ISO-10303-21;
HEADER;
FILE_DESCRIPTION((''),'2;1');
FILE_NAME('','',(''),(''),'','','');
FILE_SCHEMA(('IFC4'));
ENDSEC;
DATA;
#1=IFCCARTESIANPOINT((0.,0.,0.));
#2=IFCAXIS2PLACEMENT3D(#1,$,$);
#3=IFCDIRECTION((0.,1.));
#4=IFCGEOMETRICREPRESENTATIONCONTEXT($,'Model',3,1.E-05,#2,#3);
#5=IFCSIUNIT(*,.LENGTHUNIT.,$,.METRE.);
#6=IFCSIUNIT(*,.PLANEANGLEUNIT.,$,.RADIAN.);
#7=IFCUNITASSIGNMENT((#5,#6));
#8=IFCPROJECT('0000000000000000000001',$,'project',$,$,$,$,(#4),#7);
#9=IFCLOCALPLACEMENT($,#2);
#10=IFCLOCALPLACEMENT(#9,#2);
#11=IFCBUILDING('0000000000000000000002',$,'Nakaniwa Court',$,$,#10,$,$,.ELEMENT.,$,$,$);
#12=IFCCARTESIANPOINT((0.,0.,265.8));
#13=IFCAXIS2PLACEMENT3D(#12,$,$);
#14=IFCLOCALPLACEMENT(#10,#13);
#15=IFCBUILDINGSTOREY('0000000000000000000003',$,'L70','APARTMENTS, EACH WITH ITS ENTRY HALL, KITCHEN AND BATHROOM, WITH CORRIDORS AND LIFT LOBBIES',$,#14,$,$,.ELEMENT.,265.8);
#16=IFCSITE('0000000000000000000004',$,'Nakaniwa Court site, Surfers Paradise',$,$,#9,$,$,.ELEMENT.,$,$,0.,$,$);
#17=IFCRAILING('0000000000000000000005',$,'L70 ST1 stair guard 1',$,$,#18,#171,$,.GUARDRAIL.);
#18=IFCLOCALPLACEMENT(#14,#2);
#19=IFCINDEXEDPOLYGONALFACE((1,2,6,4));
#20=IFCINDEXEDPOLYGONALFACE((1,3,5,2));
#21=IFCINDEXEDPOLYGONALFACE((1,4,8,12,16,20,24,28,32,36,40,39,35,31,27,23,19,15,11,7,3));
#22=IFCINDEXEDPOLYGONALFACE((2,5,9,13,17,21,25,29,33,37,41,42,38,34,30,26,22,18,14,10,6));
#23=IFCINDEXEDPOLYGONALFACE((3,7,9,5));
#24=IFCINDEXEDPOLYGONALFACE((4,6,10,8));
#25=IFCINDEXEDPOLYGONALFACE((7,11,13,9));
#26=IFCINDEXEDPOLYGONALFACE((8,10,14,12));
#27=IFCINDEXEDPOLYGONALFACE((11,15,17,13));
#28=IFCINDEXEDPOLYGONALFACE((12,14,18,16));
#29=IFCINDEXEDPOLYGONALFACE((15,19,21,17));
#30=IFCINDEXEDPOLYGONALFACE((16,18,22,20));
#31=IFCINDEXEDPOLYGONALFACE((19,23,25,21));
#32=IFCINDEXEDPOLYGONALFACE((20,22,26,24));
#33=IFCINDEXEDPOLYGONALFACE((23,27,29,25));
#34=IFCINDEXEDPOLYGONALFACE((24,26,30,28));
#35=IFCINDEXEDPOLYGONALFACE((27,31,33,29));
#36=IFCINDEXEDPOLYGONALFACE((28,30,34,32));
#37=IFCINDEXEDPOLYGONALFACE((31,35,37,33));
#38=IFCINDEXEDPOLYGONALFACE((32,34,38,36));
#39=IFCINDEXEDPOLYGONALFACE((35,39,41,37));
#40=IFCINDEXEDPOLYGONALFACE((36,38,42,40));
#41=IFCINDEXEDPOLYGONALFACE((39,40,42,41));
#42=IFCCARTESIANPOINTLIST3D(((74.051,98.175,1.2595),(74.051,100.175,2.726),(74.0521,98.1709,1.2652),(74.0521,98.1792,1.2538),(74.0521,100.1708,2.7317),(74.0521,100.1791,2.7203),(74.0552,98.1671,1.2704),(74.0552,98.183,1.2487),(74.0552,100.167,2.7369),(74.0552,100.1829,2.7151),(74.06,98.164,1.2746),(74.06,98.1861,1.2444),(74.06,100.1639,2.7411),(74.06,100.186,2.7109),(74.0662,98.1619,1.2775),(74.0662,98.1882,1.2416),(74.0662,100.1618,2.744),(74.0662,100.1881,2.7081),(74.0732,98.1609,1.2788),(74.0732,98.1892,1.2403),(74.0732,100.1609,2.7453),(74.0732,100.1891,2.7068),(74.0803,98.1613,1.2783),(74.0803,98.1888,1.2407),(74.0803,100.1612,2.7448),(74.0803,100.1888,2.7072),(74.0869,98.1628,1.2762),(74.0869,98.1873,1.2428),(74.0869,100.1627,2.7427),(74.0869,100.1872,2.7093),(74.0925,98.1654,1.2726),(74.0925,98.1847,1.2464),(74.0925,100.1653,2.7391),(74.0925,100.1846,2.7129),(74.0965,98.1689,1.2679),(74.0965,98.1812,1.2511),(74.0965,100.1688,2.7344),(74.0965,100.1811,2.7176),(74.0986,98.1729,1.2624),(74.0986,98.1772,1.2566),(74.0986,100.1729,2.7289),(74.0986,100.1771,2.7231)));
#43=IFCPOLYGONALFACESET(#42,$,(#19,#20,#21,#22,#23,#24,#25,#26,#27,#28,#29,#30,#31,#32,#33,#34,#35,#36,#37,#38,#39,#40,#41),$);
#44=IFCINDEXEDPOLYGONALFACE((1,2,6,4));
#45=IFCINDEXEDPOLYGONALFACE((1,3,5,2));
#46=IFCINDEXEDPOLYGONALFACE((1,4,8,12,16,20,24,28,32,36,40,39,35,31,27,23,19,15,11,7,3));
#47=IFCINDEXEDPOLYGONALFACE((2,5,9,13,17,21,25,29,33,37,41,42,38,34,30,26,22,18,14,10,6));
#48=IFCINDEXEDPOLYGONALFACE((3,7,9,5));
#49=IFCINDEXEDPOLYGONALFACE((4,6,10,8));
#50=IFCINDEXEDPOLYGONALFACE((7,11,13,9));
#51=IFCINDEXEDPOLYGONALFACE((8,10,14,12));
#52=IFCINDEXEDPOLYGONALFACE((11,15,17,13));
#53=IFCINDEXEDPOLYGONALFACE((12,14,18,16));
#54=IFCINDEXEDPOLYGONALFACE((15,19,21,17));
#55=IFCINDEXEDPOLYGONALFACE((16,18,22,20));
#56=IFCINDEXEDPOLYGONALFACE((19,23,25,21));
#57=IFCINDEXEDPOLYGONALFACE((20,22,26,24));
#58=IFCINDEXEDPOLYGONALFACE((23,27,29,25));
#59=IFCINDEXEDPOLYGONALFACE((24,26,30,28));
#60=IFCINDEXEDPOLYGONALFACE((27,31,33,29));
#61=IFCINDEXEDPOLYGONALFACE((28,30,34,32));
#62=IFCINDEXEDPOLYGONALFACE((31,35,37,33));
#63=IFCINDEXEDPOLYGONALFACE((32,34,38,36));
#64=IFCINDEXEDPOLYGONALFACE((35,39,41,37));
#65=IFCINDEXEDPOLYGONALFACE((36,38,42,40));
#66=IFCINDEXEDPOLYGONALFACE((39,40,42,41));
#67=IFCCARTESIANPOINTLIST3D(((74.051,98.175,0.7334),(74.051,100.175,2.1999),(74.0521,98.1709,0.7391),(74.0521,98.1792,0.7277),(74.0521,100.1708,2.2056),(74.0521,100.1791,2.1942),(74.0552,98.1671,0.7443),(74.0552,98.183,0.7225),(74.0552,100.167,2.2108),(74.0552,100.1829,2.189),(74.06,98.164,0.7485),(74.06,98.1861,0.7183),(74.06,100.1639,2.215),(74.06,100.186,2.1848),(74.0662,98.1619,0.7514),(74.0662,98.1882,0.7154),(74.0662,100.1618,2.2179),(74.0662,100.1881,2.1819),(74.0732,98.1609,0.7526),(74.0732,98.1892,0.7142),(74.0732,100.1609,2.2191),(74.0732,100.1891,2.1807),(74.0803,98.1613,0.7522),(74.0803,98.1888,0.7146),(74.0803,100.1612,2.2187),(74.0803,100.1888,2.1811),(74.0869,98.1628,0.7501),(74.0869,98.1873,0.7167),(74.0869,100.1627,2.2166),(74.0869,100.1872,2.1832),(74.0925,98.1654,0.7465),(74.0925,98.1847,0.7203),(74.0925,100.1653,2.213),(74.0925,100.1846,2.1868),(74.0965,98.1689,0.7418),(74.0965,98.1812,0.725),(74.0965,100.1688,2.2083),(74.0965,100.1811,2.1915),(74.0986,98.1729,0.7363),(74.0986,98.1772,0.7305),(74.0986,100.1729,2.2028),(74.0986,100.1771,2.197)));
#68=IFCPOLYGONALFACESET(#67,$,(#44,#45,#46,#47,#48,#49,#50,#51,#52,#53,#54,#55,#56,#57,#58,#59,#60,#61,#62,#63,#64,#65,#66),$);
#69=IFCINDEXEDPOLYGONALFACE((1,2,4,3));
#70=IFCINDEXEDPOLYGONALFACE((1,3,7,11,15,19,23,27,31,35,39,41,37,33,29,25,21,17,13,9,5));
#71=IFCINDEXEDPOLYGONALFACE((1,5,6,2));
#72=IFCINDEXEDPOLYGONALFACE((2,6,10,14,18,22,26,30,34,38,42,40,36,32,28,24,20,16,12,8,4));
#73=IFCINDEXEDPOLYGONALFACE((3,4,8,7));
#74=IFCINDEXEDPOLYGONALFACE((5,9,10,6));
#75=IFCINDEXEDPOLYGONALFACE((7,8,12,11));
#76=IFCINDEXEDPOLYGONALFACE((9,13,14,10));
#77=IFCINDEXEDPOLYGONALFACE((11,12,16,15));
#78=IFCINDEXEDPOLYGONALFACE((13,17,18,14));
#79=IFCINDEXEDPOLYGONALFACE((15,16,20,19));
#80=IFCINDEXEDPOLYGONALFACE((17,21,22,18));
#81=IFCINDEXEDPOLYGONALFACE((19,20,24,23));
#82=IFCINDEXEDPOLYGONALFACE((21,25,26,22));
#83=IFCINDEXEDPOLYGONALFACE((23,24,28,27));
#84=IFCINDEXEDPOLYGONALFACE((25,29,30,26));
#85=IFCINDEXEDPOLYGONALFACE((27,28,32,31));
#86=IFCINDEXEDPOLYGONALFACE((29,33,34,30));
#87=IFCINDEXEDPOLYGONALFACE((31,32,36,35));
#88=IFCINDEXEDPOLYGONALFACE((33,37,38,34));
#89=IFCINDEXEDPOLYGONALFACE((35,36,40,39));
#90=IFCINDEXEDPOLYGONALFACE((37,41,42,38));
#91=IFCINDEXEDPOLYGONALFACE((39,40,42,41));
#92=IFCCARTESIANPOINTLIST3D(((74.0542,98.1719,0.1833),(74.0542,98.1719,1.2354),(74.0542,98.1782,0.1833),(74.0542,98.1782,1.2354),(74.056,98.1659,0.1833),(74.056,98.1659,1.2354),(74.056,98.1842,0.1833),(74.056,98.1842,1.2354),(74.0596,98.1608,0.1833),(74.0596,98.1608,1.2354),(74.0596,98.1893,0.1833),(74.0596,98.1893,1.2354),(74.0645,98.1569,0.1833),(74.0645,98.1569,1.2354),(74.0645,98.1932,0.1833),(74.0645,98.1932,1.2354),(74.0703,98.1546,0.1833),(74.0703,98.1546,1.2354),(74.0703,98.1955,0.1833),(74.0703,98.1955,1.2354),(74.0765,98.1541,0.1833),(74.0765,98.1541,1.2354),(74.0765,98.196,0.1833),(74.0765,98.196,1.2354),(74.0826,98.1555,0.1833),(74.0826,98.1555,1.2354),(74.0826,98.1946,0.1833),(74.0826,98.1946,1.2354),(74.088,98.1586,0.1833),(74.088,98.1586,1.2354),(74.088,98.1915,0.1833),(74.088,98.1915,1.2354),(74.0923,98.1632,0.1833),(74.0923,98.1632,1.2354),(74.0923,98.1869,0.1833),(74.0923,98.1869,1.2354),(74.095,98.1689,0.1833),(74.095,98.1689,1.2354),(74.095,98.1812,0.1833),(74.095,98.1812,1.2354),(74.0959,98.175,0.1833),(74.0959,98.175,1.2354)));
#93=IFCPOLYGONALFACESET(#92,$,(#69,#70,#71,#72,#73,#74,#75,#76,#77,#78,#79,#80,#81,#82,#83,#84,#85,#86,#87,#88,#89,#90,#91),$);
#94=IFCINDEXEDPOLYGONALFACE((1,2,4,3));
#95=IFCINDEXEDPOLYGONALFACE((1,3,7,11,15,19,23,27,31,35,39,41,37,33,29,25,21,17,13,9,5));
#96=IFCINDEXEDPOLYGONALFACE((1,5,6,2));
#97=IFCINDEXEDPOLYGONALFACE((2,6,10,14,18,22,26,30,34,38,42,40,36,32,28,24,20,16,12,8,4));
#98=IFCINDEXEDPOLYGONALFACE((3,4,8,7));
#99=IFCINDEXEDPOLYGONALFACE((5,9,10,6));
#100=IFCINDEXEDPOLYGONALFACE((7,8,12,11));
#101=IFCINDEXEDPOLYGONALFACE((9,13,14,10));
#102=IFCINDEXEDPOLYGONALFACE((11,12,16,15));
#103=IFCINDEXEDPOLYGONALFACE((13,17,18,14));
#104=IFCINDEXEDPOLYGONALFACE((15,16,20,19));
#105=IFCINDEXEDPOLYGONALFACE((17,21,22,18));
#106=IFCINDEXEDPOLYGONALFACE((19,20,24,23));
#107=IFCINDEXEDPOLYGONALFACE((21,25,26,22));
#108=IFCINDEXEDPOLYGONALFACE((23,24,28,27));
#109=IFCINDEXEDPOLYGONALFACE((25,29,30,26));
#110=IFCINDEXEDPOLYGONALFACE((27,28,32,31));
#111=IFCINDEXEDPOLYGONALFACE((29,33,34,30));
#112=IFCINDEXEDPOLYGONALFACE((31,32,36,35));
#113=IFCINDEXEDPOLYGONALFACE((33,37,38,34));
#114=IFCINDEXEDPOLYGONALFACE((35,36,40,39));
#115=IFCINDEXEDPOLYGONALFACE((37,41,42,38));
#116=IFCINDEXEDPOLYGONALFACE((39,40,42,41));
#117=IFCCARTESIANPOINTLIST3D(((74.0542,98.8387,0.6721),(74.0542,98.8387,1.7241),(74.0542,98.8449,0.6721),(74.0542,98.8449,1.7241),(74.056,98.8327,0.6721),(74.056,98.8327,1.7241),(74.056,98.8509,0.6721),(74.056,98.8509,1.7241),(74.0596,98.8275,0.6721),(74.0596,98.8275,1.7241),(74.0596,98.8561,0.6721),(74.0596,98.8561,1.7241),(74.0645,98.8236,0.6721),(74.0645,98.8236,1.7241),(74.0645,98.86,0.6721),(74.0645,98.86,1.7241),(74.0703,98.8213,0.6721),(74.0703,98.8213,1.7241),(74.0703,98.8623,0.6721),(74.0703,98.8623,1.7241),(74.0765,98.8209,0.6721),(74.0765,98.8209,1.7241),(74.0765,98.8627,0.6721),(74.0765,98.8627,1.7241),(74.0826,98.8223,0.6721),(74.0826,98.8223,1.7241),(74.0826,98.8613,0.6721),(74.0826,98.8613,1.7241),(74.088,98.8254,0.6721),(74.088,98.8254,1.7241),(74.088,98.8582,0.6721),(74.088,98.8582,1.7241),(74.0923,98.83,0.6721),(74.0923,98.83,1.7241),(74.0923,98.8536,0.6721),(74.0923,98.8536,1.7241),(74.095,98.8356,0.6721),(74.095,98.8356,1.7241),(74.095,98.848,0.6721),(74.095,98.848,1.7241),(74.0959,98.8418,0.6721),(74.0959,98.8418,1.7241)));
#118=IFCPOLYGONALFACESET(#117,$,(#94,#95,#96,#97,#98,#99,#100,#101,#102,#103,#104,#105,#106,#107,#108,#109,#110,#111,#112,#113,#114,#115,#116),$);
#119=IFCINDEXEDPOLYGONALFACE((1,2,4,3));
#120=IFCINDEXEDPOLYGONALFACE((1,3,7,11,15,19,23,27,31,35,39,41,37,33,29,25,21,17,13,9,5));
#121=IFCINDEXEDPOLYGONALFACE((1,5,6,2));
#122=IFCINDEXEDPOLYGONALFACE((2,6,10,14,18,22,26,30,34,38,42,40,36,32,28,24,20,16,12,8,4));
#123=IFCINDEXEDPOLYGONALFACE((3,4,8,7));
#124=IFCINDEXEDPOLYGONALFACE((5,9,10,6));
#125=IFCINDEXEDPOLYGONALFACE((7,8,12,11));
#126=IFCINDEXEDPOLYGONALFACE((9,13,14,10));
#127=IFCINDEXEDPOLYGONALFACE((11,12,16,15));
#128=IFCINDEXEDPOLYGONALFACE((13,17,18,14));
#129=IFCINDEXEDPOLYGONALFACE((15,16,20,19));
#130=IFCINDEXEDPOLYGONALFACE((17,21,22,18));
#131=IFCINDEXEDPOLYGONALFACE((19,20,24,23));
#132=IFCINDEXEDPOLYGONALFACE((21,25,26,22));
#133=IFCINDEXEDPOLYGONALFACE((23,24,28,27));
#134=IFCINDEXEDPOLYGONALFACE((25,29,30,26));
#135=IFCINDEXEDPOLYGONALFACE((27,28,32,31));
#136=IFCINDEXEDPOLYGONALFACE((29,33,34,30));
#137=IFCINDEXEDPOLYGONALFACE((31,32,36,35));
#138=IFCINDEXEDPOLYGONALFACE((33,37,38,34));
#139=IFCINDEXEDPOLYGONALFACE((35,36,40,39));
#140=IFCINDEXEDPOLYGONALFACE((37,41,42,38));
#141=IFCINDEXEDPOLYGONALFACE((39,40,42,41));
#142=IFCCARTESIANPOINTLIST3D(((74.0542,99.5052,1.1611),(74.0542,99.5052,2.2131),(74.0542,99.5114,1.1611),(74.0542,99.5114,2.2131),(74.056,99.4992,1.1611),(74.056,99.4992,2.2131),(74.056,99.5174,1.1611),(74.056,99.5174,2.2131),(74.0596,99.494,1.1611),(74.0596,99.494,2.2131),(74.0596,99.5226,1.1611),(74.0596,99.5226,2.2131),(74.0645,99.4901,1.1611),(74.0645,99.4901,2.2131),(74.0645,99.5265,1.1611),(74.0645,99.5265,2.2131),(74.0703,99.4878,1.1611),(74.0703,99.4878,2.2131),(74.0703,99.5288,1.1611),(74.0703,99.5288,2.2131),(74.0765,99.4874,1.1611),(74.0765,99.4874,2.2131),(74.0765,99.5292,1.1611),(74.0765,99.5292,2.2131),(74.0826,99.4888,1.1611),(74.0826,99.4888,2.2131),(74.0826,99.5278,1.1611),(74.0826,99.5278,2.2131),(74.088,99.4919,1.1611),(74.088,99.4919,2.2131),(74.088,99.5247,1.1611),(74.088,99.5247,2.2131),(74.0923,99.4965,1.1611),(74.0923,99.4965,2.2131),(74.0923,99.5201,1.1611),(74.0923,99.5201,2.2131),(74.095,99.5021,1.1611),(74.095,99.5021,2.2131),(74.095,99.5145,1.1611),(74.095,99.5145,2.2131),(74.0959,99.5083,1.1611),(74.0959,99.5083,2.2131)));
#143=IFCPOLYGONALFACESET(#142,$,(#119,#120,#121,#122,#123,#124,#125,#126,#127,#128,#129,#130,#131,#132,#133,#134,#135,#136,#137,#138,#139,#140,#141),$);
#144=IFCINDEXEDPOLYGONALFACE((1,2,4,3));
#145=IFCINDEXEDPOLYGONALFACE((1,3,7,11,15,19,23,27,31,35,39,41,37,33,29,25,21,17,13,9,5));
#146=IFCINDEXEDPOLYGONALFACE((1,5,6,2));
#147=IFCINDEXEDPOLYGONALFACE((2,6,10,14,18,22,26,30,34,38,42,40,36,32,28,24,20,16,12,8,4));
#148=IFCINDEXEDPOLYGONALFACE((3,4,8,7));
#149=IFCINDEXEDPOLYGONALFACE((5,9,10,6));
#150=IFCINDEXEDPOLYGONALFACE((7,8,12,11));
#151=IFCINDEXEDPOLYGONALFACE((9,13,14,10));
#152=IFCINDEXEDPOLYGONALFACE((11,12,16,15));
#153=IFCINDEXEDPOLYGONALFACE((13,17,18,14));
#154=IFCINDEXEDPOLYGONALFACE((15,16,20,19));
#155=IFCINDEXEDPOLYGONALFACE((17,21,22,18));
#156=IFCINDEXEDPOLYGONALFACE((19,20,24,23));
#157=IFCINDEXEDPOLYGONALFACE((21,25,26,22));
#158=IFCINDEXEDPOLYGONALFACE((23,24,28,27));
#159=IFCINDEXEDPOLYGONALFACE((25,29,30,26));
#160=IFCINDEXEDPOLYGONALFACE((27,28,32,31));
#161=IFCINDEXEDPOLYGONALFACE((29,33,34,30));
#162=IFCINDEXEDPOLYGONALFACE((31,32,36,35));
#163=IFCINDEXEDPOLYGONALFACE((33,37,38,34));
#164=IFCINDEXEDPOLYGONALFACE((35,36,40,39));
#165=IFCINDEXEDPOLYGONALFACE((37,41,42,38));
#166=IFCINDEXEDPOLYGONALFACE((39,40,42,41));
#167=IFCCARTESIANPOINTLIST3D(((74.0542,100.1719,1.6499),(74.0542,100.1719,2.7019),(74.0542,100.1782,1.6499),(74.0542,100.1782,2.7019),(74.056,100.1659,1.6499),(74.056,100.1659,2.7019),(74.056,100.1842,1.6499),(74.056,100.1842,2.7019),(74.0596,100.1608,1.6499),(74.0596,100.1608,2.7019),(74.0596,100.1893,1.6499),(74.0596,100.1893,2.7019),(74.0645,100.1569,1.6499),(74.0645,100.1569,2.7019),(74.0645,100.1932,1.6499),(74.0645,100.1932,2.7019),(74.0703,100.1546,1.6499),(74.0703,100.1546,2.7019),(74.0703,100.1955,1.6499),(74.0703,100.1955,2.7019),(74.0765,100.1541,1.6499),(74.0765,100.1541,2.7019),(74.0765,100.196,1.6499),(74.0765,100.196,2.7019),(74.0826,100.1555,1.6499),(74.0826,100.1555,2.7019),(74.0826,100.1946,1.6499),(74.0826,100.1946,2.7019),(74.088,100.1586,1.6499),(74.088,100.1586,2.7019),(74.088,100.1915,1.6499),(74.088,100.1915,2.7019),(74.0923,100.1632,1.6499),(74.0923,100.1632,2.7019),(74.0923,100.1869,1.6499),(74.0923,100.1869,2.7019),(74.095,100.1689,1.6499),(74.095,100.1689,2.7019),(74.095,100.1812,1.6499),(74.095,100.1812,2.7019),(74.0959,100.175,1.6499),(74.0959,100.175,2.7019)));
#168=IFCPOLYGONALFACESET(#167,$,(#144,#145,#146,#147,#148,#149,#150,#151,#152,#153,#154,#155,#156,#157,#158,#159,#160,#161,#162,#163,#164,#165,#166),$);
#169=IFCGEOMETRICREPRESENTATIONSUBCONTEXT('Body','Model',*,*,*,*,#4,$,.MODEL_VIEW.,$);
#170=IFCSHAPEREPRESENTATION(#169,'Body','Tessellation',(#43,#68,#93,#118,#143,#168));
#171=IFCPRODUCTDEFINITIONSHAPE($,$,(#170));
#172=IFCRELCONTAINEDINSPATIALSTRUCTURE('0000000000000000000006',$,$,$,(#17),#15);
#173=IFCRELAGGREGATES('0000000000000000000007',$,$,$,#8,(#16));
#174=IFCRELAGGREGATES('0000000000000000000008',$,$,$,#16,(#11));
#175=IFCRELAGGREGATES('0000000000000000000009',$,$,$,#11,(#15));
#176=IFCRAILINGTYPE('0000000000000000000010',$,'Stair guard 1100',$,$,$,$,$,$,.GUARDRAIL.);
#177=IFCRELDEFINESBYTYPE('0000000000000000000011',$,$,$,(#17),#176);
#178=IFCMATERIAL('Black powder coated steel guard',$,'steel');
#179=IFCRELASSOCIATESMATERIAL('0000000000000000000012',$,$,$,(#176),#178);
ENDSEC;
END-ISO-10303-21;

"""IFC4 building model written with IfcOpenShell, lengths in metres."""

from ifc_helpers import new_model, si_unit, direction, frame, origin, origin_2d, place, context, subcontext, project, spatial, circle, extrude, material, type_object, element, save


model = new_model("IFC4")

# Units and contexts
model_context = context("Model", 3, precision=1e-05, world=origin(), true_north=direction((0.0, 1.0)))
body_context = subcontext(model_context, "Body", "Model", "MODEL_VIEW")
ifc_project = project(units=[si_unit("LENGTHUNIT", "METRE"), si_unit("PLANEANGLEUNIT", "RADIAN")], contexts=[model_context])

# Site, building, storey
site_placement = place(None, origin())
site = spatial("IfcSite", under=ifc_project, at=site_placement, Name="Nakaniwa Court site, Surfers Paradise", CompositionType="ELEMENT", RefElevation=0.0)
building_placement = place(site_placement, origin())
building = spatial("IfcBuilding", under=site, at=building_placement, Name="Nakaniwa Court", CompositionType="ELEMENT")
storey_placement = place(building_placement, frame((0.0, 0.0, 265.8)))
storey = spatial("IfcBuildingStorey", under=building, at=storey_placement, Name="L70", Description="APARTMENTS, EACH WITH ITS ENTRY HALL, KITCHEN AND BATHROOM, WITH CORRIDORS AND LIFT LOBBIES", CompositionType="ELEMENT", Elevation=265.8)

# Railing
ifc_material_1 = material(Name="Black powder coated steel guard", Category="steel")
railing_type_1 = type_object("IfcRailingType", Name="Stair guard 1100", PredefinedType="GUARDRAIL", material=ifc_material_1)
railing_1_placement = place(storey_placement, frame((74.075, 98.175, 0.1833)))
element("IfcRailing", 1, at=railing_1_placement, inside=storey, type_object=railing_type_1, Name="L70 ST1 stair guard 1", PredefinedType="GUARDRAIL", context=body_context, shape_type="SweptSolid", body=[
    extrude(circle(Radius=0.0239, at=origin_2d()), frame((0.0, 0.0, 1.0762), z_axis=(0.0, 0.806427, 0.591334), x_axis=(-1.0, 0.0, 0.0)), (0.0, 0.0, 1.0), 2.48),
    extrude(circle(Radius=0.0239, at=origin_2d()), frame((0.0, 0.0, 0.55), z_axis=(0.0, 0.806427, 0.591334), x_axis=(-1.0, 0.0, 0.0)), (0.0, 0.0, 1.0), 2.48),
    extrude(circle(Radius=0.021, at=origin_2d()), origin(), (0.0, 0.0, 1.0), 1.052),
    extrude(circle(Radius=0.021, at=origin_2d()), frame((0.0, 0.6667, 0.4888)), (0.0, 0.0, 1.0), 1.052),
    extrude(circle(Radius=0.021, at=origin_2d()), frame((0.0, 1.3333, 0.9778)), (0.0, 0.0, 1.0), 1.052),
    extrude(circle(Radius=0.021, at=origin_2d()), frame((0.0, 2.0, 1.4666)), (0.0, 0.0, 1.0), 1.052),
])

save(model, "model.ifc")
